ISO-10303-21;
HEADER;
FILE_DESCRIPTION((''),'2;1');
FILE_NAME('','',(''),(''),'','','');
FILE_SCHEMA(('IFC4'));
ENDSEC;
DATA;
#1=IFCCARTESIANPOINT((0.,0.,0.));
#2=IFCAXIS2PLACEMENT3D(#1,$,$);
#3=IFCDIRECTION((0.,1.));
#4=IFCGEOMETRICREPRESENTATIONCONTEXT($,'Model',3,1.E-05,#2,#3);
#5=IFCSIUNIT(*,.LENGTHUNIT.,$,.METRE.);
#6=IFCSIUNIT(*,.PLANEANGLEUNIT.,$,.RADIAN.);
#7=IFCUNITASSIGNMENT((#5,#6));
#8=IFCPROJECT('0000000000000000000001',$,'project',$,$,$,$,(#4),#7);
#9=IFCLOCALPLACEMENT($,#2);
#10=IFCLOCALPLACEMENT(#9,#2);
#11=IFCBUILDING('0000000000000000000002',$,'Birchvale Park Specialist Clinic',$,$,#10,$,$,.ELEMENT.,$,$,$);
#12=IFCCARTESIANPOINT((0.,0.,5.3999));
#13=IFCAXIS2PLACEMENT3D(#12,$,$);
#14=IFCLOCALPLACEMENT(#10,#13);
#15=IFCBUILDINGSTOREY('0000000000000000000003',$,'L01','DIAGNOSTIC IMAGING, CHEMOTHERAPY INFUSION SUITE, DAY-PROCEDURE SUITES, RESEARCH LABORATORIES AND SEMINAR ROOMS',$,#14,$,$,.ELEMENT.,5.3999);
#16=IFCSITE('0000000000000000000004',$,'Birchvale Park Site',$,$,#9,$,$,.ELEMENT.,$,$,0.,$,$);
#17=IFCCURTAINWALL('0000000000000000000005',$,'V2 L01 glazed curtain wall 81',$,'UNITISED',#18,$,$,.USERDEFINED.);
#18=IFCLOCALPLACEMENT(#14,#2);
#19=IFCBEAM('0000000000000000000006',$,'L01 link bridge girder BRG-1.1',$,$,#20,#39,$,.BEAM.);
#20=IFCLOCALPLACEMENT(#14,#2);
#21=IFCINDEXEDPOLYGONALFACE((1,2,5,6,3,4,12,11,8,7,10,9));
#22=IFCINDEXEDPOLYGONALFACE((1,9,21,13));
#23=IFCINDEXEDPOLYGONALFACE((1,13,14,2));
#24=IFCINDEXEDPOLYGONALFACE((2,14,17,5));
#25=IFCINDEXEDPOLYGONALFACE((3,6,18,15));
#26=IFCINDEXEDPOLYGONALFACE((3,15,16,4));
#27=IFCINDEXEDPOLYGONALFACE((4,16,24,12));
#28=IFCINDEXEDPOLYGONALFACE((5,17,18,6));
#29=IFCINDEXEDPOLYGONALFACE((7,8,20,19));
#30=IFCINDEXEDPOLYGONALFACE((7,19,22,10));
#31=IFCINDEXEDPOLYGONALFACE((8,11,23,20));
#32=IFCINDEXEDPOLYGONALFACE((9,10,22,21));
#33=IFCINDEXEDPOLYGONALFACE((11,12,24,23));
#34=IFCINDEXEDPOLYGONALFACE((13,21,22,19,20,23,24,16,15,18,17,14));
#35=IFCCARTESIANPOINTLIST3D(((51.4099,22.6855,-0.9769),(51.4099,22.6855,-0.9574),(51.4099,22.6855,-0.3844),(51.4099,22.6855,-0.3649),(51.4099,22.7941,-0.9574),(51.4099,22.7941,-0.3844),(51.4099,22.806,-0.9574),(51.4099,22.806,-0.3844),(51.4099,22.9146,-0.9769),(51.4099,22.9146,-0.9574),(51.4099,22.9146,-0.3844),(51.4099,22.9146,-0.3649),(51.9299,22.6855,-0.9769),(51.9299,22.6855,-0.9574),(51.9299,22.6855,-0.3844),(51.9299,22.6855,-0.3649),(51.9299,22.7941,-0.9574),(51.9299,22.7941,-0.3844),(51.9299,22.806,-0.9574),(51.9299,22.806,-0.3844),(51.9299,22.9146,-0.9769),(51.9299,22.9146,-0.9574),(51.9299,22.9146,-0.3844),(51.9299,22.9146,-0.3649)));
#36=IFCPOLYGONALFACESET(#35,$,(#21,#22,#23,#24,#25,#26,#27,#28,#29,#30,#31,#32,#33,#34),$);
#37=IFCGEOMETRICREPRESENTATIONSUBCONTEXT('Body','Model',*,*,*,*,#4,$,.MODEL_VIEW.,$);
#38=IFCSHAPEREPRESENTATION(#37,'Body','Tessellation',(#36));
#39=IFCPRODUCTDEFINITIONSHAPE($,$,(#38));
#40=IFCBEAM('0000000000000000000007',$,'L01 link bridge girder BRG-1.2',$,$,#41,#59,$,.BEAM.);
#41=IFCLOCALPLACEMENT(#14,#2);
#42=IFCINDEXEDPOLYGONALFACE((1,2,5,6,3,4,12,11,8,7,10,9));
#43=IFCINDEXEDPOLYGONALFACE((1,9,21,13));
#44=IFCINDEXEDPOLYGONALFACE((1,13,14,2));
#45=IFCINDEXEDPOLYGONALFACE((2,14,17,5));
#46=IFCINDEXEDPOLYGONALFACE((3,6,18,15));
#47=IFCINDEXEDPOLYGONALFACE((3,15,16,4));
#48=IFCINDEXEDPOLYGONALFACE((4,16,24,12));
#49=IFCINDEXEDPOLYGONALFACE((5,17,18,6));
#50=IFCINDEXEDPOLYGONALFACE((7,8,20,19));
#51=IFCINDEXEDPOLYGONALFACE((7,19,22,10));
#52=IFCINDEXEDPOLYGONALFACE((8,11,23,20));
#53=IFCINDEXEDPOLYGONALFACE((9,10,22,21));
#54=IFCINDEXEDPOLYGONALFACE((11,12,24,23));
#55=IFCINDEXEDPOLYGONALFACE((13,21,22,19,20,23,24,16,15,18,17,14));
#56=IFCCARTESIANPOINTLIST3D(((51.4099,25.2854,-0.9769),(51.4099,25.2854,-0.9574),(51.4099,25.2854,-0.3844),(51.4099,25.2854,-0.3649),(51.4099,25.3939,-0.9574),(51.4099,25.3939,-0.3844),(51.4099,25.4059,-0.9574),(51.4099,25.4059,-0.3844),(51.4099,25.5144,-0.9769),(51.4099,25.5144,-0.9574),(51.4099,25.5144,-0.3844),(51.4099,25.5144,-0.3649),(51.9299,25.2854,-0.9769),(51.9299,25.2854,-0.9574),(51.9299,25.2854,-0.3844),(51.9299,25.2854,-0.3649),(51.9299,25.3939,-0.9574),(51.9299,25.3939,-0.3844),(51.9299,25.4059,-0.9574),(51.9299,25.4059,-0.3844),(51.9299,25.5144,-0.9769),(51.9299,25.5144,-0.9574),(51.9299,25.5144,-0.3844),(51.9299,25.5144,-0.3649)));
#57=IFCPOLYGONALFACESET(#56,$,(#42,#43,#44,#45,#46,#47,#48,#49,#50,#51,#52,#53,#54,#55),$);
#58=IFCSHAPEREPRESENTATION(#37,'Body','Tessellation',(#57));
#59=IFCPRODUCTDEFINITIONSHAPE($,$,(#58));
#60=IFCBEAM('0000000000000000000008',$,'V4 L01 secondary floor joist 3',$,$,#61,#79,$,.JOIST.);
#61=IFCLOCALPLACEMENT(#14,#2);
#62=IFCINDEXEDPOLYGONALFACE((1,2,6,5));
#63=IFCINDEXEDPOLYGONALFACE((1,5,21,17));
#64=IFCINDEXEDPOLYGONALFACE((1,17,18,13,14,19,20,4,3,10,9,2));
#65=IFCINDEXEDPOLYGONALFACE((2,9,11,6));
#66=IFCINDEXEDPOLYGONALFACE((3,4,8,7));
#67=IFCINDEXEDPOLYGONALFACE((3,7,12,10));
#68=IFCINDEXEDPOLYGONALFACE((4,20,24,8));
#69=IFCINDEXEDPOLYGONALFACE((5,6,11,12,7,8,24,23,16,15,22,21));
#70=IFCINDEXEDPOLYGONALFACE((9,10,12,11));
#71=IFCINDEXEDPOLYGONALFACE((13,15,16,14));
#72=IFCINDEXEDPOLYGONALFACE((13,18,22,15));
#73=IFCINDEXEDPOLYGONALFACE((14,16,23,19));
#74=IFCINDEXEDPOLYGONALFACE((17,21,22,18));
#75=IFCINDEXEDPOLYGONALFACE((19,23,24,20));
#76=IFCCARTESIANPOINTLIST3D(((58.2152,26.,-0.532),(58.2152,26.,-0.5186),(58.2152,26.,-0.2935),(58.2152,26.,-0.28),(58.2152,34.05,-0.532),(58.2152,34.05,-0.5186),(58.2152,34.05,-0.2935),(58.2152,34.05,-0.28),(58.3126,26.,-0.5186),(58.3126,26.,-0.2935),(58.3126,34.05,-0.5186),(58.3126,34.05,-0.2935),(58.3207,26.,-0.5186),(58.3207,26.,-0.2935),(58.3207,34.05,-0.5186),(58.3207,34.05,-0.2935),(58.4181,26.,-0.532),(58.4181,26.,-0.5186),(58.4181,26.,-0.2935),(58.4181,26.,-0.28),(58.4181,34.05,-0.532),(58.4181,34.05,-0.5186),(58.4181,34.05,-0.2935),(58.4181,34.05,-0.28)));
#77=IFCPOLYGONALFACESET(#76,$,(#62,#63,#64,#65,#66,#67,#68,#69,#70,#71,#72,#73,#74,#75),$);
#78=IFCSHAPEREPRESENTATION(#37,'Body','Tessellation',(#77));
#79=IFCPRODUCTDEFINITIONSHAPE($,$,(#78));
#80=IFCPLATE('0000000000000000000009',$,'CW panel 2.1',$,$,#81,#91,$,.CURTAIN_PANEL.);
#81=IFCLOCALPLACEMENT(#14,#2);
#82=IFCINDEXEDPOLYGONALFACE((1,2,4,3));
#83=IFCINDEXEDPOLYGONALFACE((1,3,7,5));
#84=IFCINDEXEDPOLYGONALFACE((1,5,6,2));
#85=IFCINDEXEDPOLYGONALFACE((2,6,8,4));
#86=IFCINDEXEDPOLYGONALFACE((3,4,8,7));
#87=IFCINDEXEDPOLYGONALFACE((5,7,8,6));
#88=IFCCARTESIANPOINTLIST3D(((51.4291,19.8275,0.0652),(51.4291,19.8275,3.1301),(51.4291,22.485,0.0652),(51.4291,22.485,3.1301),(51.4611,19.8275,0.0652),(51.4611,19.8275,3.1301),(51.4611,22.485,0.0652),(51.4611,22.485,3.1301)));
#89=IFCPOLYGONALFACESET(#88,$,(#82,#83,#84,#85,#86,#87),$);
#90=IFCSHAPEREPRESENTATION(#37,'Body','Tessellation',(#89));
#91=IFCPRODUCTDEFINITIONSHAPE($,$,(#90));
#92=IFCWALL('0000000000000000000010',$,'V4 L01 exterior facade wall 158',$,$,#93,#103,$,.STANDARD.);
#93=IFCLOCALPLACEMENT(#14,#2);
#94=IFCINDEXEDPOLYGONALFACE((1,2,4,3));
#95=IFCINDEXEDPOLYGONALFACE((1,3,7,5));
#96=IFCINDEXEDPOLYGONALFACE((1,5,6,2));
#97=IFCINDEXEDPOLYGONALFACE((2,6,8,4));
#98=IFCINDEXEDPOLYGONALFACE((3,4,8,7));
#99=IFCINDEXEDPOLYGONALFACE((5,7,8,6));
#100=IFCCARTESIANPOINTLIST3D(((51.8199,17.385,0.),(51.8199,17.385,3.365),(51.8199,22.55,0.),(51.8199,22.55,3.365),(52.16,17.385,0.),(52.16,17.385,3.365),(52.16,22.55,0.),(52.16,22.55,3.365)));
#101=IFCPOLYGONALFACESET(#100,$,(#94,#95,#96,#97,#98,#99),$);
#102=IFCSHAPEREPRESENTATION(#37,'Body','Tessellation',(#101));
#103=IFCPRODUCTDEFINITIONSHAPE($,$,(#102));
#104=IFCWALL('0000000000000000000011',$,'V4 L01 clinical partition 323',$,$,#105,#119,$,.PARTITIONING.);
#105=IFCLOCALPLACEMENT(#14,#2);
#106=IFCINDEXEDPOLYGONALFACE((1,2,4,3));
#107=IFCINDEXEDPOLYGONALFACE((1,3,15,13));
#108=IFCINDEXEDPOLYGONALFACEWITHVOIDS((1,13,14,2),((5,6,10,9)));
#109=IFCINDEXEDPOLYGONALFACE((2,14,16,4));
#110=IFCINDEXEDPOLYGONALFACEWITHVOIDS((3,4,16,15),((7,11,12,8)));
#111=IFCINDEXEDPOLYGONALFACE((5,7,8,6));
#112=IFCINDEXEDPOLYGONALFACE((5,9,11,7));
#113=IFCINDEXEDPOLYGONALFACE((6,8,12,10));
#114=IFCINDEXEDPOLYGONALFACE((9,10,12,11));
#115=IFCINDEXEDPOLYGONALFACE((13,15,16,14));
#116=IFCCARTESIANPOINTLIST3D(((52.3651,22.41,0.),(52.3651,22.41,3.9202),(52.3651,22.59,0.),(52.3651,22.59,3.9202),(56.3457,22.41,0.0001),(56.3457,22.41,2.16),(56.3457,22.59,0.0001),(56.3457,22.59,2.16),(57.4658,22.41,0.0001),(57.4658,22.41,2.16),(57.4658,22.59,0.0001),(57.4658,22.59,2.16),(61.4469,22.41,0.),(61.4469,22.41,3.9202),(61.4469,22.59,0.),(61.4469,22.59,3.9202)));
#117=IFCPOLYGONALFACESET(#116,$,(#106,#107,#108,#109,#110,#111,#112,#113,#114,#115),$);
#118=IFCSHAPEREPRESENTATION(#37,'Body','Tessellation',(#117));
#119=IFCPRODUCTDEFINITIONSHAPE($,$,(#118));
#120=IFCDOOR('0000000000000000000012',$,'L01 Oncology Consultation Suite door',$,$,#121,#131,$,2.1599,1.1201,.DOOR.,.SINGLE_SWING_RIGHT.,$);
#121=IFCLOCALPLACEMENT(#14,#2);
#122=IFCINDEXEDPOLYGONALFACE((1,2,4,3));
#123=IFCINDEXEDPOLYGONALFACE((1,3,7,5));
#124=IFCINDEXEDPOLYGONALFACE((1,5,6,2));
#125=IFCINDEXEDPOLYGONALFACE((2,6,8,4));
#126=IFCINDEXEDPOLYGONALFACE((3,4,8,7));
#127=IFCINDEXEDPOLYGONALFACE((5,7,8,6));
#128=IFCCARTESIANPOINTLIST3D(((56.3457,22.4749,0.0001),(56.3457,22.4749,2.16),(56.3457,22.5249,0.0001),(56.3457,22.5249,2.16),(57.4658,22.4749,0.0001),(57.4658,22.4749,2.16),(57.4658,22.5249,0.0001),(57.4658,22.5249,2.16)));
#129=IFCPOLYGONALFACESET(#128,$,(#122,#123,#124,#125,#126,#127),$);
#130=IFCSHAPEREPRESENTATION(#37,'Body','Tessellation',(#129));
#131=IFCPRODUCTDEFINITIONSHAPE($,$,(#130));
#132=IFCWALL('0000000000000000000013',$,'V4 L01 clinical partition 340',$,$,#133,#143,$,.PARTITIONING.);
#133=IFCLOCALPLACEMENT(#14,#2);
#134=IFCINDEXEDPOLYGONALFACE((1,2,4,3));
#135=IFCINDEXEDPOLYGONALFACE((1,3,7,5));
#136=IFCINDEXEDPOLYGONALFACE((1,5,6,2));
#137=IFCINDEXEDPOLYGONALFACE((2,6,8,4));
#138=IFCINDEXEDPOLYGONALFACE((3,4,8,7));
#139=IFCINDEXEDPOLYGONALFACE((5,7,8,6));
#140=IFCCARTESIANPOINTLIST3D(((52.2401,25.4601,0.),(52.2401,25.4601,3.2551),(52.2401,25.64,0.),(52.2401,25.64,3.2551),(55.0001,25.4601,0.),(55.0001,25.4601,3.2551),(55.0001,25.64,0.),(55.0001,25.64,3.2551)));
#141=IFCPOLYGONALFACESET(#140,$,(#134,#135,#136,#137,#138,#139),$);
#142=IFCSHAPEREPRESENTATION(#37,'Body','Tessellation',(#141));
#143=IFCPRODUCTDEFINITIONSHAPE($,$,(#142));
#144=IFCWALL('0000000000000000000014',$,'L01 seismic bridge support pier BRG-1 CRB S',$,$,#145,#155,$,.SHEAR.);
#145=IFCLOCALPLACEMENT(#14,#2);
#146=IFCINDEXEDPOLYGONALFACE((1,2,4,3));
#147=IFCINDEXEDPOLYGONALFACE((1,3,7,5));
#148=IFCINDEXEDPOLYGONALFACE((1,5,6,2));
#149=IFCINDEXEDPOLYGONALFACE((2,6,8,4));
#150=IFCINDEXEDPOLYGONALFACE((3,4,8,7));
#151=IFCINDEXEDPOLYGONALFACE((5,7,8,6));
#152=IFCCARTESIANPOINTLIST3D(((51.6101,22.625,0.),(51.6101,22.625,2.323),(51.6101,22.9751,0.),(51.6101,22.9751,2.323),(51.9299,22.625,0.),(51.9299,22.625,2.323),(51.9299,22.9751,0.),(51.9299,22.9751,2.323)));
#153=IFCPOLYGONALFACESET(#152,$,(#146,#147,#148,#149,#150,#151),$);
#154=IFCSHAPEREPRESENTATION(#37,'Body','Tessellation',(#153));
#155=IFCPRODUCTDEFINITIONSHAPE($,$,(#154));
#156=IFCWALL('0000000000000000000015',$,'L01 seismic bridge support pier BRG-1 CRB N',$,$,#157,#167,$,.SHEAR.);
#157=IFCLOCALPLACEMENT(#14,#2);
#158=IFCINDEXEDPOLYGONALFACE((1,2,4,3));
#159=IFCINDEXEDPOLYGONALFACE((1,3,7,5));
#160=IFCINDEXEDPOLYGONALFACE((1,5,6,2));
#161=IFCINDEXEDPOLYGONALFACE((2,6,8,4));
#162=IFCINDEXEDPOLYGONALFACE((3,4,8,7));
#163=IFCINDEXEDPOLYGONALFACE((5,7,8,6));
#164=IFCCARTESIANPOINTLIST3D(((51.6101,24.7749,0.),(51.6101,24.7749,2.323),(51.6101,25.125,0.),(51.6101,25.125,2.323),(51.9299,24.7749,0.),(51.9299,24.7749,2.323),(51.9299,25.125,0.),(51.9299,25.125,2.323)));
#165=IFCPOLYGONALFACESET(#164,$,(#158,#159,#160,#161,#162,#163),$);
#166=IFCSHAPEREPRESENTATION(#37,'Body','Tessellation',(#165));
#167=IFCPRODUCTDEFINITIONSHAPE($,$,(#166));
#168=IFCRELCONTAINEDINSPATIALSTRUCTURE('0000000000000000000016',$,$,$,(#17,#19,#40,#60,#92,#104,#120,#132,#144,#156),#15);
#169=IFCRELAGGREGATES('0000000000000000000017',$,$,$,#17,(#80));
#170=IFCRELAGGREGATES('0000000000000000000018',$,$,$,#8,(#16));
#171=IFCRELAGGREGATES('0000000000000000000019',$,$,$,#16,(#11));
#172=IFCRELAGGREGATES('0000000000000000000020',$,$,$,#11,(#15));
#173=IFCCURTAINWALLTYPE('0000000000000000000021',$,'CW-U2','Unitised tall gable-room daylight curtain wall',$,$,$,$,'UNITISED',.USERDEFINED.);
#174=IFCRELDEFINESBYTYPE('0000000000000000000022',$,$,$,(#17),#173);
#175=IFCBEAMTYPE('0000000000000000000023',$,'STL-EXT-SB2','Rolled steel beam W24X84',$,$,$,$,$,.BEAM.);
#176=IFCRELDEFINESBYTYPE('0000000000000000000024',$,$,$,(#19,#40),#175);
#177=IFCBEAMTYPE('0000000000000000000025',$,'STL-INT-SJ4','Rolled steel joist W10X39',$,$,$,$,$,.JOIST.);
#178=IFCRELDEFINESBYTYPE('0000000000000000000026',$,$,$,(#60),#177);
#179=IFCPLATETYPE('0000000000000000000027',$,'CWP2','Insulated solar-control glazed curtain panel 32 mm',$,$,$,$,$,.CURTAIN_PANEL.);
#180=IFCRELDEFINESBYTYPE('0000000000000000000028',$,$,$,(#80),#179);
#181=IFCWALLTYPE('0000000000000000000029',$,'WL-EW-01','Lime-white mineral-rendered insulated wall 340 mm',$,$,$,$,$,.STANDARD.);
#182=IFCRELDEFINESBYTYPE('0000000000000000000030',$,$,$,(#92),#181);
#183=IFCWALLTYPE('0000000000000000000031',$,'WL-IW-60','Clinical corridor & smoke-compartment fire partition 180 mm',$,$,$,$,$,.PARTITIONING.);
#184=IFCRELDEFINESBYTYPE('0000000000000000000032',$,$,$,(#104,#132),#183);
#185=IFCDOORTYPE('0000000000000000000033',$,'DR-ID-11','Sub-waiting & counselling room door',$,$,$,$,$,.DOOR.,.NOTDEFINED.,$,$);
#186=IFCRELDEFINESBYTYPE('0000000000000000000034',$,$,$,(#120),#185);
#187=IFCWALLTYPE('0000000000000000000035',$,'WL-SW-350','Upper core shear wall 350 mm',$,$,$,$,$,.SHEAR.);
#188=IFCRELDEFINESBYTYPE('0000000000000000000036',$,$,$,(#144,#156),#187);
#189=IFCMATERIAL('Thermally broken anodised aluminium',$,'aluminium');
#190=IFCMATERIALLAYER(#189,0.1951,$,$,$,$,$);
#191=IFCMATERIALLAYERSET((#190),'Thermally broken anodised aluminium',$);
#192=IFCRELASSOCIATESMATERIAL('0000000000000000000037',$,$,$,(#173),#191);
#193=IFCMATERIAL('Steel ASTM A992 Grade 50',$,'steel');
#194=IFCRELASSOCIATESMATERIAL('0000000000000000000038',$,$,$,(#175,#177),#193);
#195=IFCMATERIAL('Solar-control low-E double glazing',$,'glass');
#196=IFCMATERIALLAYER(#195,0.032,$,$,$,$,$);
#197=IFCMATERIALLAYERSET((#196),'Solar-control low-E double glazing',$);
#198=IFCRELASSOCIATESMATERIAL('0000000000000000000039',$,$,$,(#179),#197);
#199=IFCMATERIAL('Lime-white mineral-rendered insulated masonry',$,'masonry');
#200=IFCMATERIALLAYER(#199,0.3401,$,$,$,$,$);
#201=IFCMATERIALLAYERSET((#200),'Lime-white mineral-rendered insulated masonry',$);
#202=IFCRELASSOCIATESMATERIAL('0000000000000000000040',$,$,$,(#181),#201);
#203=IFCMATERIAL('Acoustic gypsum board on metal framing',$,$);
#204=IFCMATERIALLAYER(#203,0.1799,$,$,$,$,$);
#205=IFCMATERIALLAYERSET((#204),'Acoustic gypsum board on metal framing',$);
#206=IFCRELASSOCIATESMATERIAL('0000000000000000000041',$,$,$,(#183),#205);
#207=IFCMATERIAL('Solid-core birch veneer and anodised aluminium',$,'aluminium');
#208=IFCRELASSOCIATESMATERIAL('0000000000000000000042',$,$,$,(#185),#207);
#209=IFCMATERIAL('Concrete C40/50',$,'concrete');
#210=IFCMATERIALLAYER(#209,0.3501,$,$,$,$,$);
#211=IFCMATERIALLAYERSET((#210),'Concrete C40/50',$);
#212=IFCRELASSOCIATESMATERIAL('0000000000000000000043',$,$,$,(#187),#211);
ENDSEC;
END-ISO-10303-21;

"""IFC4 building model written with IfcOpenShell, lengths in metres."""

from ifc_helpers import new_model, si_unit, direction, frame, frame_2d, origin, origin_2d, place, context, subcontext, project, spatial, rectangle, i_section, extrude, material, layer, layer_set, material_profile, profile_set, type_object, element, fill, aggregate, save


model = new_model("IFC4")

# Units and contexts
model_context = context("Model", 3, precision=1e-05, world=origin(), true_north=direction((0.0, 1.0)))
body_context = subcontext(model_context, "Body", "Model", "MODEL_VIEW")
ifc_project = project(units=[si_unit("LENGTHUNIT", "METRE"), si_unit("PLANEANGLEUNIT", "RADIAN")], contexts=[model_context])

# Site, building, storey
site_placement = place(None, origin())
site = spatial("IfcSite", under=ifc_project, at=site_placement, Name="Birchvale Park Site", CompositionType="ELEMENT", RefElevation=0.0)
building_placement = place(site_placement, origin())
building = spatial("IfcBuilding", under=site, at=building_placement, Name="Birchvale Park Specialist Clinic", CompositionType="ELEMENT")
storey_placement = place(building_placement, frame((0.0, 0.0, 5.3999)))
storey = spatial("IfcBuildingStorey", under=building, at=storey_placement, Name="L01", Description="DIAGNOSTIC IMAGING, CHEMOTHERAPY INFUSION SUITE, DAY-PROCEDURE SUITES, RESEARCH LABORATORIES AND SEMINAR ROOMS", CompositionType="ELEMENT", Elevation=5.3999)

# Shared definitions
ifc_material_1 = material(Name="Concrete C40/50", Category="concrete")

# Curtain wall
ifc_material_2 = material(Name="Thermally broken anodised aluminium", Category="aluminium")
ifc_layer_1 = layer(ifc_material_2, 0.1951)
ifc_layer_set_1 = layer_set([ifc_layer_1], Name="Thermally broken anodised aluminium")
curtain_wall_type = type_object("IfcCurtainWallType", Name="CW-U2", Description="Unitised tall gable-room daylight curtain wall", ElementType="UNITISED", PredefinedType="USERDEFINED", material=ifc_layer_set_1)
curtain_wall_1_placement = place(storey_placement, origin())
curtain_wall_1 = element("IfcCurtainWall", 1, at=curtain_wall_1_placement, inside=storey, type_object=curtain_wall_type, Name="V2 L01 glazed curtain wall 81", ObjectType="UNITISED", PredefinedType="USERDEFINED")

# Beams
ifc_material_3 = material(Name="Steel ASTM A992 Grade 50", Category="steel")
ifc_material_profile_1 = material_profile(ifc_material_3, i_section(OverallWidth=0.229, OverallDepth=0.6121, WebThickness=0.012, FlangeThickness=0.0195, at=origin_2d()), Name="W24X84")
ifc_profile_set_1 = profile_set([ifc_material_profile_1], Name="Steel ASTM A992 Grade 50")
beam_type_1 = type_object("IfcBeamType", Name="STL-EXT-SB2", Description="Rolled steel beam W24X84", PredefinedType="BEAM", material=ifc_profile_set_1)
for number, where, z_axis, x_axis, name in (
    (2, (51.4099, 22.8, -0.6709), (1.0, 0.0, 0.0), (0.0, 1.0, 0.0), "L01 link bridge girder BRG-1.1"),
    (3, (51.4099, 25.3999, -0.6709), (1.0, 0.0, 0.0), (0.0, 1.0, 0.0), "L01 link bridge girder BRG-1.2"),
):
    element("IfcBeam", number, at=place(storey_placement, frame(where, z_axis=z_axis, x_axis=x_axis)), inside=storey, type_object=beam_type_1, Name=name, PredefinedType="BEAM", context=body_context, shape_type="SweptSolid", body=[
        extrude(i_section(OverallWidth=0.229, OverallDepth=0.6121, WebThickness=0.012, FlangeThickness=0.0195, at=origin_2d()), origin(), (0.0, 0.0, 1.0), 0.52),
    ])
ifc_material_profile_2 = material_profile(ifc_material_3, i_section(OverallWidth=0.2029, OverallDepth=0.252, WebThickness=0.0081, FlangeThickness=0.0134, at=origin_2d()), Name="W10X39")
ifc_profile_set_2 = profile_set([ifc_material_profile_2], Name="Steel ASTM A992 Grade 50")
beam_type_2 = type_object("IfcBeamType", Name="STL-INT-SJ4", Description="Rolled steel joist W10X39", PredefinedType="JOIST", material=ifc_profile_set_2)
beam_1_placement = place(storey_placement, frame((58.3167, 26.0, -0.406), z_axis=(0.0, 1.0, 0.0), x_axis=(-1.0, 0.0, 0.0)))
element("IfcBeam", 4, at=beam_1_placement, inside=storey, type_object=beam_type_2, Name="V4 L01 secondary floor joist 3", PredefinedType="JOIST", context=body_context, shape_type="SweptSolid", body=[
    extrude(i_section(OverallWidth=0.2029, OverallDepth=0.252, WebThickness=0.0081, FlangeThickness=0.0134, at=origin_2d()), origin(), (0.0, 0.0, 1.0), 8.05),
])

# Plate
ifc_material_4 = material(Name="Solar-control low-E double glazing", Category="glass")
ifc_layer_2 = layer(ifc_material_4, 0.032)
ifc_layer_set_2 = layer_set([ifc_layer_2], Name="Solar-control low-E double glazing")
plate_type = type_object("IfcPlateType", Name="CWP2", Description="Insulated solar-control glazed curtain panel 32 mm", PredefinedType="CURTAIN_PANEL", material=ifc_layer_set_2)
plate_placement = place(storey_placement, frame((51.4451, 21.1562, 0.0652), z_axis=(0.0, 0.0, 1.0), x_axis=(0.0, 1.0, 0.0)))
plate = element("IfcPlate", 5, at=plate_placement, type_object=plate_type, Name="CW panel 2.1", PredefinedType="CURTAIN_PANEL", context=body_context, shape_type="SweptSolid", body=[
    extrude(rectangle(XDim=2.6575, YDim=0.032, at=origin_2d()), origin(), (0.0, 0.0, 1.0), 3.0649),
])
aggregate(curtain_wall_1, [plate])

# Wall
ifc_material_5 = material(Name="Lime-white mineral-rendered insulated masonry", Category="masonry")
ifc_layer_3 = layer(ifc_material_5, 0.3401)
ifc_layer_set_3 = layer_set([ifc_layer_3], Name="Lime-white mineral-rendered insulated masonry")
wall_type_1 = type_object("IfcWallType", Name="WL-EW-01", Description="Lime-white mineral-rendered insulated wall 340 mm", PredefinedType="STANDARD", material=ifc_layer_set_3)
wall_1_placement = place(storey_placement, frame((51.99, 22.55, 0.0), z_axis=(0.0, 0.0, 1.0), x_axis=(0.0, -1.0, 0.0)))
element("IfcWall", 6, at=wall_1_placement, inside=storey, type_object=wall_type_1, Name="V4 L01 exterior facade wall 158", PredefinedType="STANDARD", context=body_context, shape_type="SweptSolid", body=[
    extrude(rectangle(XDim=5.165, YDim=0.3401, at=frame_2d((2.5825, 0.0))), origin(), (0.0, 0.0, 1.0), 3.365),
])

# Wall, opening, door
ifc_material_6 = material(Name="Acoustic gypsum board on metal framing")
ifc_layer_4 = layer(ifc_material_6, 0.1799)
ifc_layer_set_4 = layer_set([ifc_layer_4], Name="Acoustic gypsum board on metal framing")
wall_type_2 = type_object("IfcWallType", Name="WL-IW-60", Description="Clinical corridor & smoke-compartment fire partition 180 mm", PredefinedType="PARTITIONING", material=ifc_layer_set_4)
wall_2_placement = place(storey_placement, frame((52.365, 22.5, 0.0), z_axis=(0.0, 0.0, 1.0), x_axis=(1.0, 0.0, 0.0)))
wall_2 = element("IfcWall", 7, at=wall_2_placement, inside=storey, type_object=wall_type_2, Name="V4 L01 clinical partition 323", PredefinedType="PARTITIONING", context=body_context, shape_type="SweptSolid", body=[
    extrude(rectangle(XDim=9.0818, YDim=0.1799, at=frame_2d((4.541, 0.0))), origin(), (0.0, 0.0, 1.0), 3.9202),
])
opening_placement = place(wall_2_placement, frame((3.9807, 0.0, 0.0)))
opening = element("IfcOpeningElement", 8, at=opening_placement, cuts=wall_2, PredefinedType="OPENING", context=body_context, shape_type="SweptSolid", body=[
    extrude(rectangle(XDim=1.1201, YDim=2.1599, at=frame_2d((0.5601, 1.0801))), frame((0.0, 0.1001, 0.0), z_axis=(0.0, -1.0, 0.0), x_axis=(1.0, 0.0, 0.0)), (0.0, 0.0, 1.0), 0.2),
])
ifc_material_7 = material(Name="Solid-core birch veneer and anodised aluminium", Category="aluminium")
door_type = type_object("IfcDoorType", Name="DR-ID-11", Description="Sub-waiting & counselling room door", OperationType="NOTDEFINED", PredefinedType="DOOR", material=ifc_material_7)
door_placement = place(opening_placement, origin())
door = element("IfcDoor", 9, at=door_placement, inside=storey, type_object=door_type, Name="L01 Oncology Consultation Suite door", OperationType="SINGLE_SWING_RIGHT", OverallHeight=2.1599, OverallWidth=1.1201, PredefinedType="DOOR", context=body_context, shape_type="SweptSolid", body=[
    extrude(rectangle(XDim=1.1201, YDim=2.1599, at=frame_2d((0.5601, 1.0801))), frame((0.0, 0.0249, 0.0), z_axis=(0.0, -1.0, 0.0), x_axis=(1.0, 0.0, 0.0)), (0.0, 0.0, 1.0), 0.05),
])
fill(opening, door)

# Walls
wall_3_placement = place(storey_placement, frame((55.0, 25.55, 0.0), z_axis=(0.0, 0.0, 1.0), x_axis=(-1.0, 0.0, 0.0)))
element("IfcWall", 10, at=wall_3_placement, inside=storey, type_object=wall_type_2, Name="V4 L01 clinical partition 340", PredefinedType="PARTITIONING", context=body_context, shape_type="SweptSolid", body=[
    extrude(rectangle(XDim=2.76, YDim=0.1799, at=frame_2d((1.3799, 0.0))), origin(), (0.0, 0.0, 1.0), 3.2551),
])
ifc_layer_5 = layer(ifc_material_1, 0.3501)
ifc_layer_set_5 = layer_set([ifc_layer_5], Name="Concrete C40/50")
wall_type_3 = type_object("IfcWallType", Name="WL-SW-350", Description="Upper core shear wall 350 mm", PredefinedType="SHEAR", material=ifc_layer_set_5)
for number, where, z_axis, x_axis, name in (
    (11, (51.6101, 22.8, 0.0), (0.0, 0.0, 1.0), (1.0, 0.0, 0.0), "L01 seismic bridge support pier BRG-1 CRB S"),
    (12, (51.6101, 24.95, 0.0), (0.0, 0.0, 1.0), (1.0, 0.0, 0.0), "L01 seismic bridge support pier BRG-1 CRB N"),
):
    element("IfcWall", number, at=place(storey_placement, frame(where, z_axis=z_axis, x_axis=x_axis)), inside=storey, type_object=wall_type_3, Name=name, PredefinedType="SHEAR", context=body_context, shape_type="SweptSolid", body=[
        extrude(rectangle(XDim=0.3198, YDim=0.3501, at=frame_2d((0.1599, 0.0))), origin(), (0.0, 0.0, 1.0), 2.323),
    ])

save(model, "model.ifc")
